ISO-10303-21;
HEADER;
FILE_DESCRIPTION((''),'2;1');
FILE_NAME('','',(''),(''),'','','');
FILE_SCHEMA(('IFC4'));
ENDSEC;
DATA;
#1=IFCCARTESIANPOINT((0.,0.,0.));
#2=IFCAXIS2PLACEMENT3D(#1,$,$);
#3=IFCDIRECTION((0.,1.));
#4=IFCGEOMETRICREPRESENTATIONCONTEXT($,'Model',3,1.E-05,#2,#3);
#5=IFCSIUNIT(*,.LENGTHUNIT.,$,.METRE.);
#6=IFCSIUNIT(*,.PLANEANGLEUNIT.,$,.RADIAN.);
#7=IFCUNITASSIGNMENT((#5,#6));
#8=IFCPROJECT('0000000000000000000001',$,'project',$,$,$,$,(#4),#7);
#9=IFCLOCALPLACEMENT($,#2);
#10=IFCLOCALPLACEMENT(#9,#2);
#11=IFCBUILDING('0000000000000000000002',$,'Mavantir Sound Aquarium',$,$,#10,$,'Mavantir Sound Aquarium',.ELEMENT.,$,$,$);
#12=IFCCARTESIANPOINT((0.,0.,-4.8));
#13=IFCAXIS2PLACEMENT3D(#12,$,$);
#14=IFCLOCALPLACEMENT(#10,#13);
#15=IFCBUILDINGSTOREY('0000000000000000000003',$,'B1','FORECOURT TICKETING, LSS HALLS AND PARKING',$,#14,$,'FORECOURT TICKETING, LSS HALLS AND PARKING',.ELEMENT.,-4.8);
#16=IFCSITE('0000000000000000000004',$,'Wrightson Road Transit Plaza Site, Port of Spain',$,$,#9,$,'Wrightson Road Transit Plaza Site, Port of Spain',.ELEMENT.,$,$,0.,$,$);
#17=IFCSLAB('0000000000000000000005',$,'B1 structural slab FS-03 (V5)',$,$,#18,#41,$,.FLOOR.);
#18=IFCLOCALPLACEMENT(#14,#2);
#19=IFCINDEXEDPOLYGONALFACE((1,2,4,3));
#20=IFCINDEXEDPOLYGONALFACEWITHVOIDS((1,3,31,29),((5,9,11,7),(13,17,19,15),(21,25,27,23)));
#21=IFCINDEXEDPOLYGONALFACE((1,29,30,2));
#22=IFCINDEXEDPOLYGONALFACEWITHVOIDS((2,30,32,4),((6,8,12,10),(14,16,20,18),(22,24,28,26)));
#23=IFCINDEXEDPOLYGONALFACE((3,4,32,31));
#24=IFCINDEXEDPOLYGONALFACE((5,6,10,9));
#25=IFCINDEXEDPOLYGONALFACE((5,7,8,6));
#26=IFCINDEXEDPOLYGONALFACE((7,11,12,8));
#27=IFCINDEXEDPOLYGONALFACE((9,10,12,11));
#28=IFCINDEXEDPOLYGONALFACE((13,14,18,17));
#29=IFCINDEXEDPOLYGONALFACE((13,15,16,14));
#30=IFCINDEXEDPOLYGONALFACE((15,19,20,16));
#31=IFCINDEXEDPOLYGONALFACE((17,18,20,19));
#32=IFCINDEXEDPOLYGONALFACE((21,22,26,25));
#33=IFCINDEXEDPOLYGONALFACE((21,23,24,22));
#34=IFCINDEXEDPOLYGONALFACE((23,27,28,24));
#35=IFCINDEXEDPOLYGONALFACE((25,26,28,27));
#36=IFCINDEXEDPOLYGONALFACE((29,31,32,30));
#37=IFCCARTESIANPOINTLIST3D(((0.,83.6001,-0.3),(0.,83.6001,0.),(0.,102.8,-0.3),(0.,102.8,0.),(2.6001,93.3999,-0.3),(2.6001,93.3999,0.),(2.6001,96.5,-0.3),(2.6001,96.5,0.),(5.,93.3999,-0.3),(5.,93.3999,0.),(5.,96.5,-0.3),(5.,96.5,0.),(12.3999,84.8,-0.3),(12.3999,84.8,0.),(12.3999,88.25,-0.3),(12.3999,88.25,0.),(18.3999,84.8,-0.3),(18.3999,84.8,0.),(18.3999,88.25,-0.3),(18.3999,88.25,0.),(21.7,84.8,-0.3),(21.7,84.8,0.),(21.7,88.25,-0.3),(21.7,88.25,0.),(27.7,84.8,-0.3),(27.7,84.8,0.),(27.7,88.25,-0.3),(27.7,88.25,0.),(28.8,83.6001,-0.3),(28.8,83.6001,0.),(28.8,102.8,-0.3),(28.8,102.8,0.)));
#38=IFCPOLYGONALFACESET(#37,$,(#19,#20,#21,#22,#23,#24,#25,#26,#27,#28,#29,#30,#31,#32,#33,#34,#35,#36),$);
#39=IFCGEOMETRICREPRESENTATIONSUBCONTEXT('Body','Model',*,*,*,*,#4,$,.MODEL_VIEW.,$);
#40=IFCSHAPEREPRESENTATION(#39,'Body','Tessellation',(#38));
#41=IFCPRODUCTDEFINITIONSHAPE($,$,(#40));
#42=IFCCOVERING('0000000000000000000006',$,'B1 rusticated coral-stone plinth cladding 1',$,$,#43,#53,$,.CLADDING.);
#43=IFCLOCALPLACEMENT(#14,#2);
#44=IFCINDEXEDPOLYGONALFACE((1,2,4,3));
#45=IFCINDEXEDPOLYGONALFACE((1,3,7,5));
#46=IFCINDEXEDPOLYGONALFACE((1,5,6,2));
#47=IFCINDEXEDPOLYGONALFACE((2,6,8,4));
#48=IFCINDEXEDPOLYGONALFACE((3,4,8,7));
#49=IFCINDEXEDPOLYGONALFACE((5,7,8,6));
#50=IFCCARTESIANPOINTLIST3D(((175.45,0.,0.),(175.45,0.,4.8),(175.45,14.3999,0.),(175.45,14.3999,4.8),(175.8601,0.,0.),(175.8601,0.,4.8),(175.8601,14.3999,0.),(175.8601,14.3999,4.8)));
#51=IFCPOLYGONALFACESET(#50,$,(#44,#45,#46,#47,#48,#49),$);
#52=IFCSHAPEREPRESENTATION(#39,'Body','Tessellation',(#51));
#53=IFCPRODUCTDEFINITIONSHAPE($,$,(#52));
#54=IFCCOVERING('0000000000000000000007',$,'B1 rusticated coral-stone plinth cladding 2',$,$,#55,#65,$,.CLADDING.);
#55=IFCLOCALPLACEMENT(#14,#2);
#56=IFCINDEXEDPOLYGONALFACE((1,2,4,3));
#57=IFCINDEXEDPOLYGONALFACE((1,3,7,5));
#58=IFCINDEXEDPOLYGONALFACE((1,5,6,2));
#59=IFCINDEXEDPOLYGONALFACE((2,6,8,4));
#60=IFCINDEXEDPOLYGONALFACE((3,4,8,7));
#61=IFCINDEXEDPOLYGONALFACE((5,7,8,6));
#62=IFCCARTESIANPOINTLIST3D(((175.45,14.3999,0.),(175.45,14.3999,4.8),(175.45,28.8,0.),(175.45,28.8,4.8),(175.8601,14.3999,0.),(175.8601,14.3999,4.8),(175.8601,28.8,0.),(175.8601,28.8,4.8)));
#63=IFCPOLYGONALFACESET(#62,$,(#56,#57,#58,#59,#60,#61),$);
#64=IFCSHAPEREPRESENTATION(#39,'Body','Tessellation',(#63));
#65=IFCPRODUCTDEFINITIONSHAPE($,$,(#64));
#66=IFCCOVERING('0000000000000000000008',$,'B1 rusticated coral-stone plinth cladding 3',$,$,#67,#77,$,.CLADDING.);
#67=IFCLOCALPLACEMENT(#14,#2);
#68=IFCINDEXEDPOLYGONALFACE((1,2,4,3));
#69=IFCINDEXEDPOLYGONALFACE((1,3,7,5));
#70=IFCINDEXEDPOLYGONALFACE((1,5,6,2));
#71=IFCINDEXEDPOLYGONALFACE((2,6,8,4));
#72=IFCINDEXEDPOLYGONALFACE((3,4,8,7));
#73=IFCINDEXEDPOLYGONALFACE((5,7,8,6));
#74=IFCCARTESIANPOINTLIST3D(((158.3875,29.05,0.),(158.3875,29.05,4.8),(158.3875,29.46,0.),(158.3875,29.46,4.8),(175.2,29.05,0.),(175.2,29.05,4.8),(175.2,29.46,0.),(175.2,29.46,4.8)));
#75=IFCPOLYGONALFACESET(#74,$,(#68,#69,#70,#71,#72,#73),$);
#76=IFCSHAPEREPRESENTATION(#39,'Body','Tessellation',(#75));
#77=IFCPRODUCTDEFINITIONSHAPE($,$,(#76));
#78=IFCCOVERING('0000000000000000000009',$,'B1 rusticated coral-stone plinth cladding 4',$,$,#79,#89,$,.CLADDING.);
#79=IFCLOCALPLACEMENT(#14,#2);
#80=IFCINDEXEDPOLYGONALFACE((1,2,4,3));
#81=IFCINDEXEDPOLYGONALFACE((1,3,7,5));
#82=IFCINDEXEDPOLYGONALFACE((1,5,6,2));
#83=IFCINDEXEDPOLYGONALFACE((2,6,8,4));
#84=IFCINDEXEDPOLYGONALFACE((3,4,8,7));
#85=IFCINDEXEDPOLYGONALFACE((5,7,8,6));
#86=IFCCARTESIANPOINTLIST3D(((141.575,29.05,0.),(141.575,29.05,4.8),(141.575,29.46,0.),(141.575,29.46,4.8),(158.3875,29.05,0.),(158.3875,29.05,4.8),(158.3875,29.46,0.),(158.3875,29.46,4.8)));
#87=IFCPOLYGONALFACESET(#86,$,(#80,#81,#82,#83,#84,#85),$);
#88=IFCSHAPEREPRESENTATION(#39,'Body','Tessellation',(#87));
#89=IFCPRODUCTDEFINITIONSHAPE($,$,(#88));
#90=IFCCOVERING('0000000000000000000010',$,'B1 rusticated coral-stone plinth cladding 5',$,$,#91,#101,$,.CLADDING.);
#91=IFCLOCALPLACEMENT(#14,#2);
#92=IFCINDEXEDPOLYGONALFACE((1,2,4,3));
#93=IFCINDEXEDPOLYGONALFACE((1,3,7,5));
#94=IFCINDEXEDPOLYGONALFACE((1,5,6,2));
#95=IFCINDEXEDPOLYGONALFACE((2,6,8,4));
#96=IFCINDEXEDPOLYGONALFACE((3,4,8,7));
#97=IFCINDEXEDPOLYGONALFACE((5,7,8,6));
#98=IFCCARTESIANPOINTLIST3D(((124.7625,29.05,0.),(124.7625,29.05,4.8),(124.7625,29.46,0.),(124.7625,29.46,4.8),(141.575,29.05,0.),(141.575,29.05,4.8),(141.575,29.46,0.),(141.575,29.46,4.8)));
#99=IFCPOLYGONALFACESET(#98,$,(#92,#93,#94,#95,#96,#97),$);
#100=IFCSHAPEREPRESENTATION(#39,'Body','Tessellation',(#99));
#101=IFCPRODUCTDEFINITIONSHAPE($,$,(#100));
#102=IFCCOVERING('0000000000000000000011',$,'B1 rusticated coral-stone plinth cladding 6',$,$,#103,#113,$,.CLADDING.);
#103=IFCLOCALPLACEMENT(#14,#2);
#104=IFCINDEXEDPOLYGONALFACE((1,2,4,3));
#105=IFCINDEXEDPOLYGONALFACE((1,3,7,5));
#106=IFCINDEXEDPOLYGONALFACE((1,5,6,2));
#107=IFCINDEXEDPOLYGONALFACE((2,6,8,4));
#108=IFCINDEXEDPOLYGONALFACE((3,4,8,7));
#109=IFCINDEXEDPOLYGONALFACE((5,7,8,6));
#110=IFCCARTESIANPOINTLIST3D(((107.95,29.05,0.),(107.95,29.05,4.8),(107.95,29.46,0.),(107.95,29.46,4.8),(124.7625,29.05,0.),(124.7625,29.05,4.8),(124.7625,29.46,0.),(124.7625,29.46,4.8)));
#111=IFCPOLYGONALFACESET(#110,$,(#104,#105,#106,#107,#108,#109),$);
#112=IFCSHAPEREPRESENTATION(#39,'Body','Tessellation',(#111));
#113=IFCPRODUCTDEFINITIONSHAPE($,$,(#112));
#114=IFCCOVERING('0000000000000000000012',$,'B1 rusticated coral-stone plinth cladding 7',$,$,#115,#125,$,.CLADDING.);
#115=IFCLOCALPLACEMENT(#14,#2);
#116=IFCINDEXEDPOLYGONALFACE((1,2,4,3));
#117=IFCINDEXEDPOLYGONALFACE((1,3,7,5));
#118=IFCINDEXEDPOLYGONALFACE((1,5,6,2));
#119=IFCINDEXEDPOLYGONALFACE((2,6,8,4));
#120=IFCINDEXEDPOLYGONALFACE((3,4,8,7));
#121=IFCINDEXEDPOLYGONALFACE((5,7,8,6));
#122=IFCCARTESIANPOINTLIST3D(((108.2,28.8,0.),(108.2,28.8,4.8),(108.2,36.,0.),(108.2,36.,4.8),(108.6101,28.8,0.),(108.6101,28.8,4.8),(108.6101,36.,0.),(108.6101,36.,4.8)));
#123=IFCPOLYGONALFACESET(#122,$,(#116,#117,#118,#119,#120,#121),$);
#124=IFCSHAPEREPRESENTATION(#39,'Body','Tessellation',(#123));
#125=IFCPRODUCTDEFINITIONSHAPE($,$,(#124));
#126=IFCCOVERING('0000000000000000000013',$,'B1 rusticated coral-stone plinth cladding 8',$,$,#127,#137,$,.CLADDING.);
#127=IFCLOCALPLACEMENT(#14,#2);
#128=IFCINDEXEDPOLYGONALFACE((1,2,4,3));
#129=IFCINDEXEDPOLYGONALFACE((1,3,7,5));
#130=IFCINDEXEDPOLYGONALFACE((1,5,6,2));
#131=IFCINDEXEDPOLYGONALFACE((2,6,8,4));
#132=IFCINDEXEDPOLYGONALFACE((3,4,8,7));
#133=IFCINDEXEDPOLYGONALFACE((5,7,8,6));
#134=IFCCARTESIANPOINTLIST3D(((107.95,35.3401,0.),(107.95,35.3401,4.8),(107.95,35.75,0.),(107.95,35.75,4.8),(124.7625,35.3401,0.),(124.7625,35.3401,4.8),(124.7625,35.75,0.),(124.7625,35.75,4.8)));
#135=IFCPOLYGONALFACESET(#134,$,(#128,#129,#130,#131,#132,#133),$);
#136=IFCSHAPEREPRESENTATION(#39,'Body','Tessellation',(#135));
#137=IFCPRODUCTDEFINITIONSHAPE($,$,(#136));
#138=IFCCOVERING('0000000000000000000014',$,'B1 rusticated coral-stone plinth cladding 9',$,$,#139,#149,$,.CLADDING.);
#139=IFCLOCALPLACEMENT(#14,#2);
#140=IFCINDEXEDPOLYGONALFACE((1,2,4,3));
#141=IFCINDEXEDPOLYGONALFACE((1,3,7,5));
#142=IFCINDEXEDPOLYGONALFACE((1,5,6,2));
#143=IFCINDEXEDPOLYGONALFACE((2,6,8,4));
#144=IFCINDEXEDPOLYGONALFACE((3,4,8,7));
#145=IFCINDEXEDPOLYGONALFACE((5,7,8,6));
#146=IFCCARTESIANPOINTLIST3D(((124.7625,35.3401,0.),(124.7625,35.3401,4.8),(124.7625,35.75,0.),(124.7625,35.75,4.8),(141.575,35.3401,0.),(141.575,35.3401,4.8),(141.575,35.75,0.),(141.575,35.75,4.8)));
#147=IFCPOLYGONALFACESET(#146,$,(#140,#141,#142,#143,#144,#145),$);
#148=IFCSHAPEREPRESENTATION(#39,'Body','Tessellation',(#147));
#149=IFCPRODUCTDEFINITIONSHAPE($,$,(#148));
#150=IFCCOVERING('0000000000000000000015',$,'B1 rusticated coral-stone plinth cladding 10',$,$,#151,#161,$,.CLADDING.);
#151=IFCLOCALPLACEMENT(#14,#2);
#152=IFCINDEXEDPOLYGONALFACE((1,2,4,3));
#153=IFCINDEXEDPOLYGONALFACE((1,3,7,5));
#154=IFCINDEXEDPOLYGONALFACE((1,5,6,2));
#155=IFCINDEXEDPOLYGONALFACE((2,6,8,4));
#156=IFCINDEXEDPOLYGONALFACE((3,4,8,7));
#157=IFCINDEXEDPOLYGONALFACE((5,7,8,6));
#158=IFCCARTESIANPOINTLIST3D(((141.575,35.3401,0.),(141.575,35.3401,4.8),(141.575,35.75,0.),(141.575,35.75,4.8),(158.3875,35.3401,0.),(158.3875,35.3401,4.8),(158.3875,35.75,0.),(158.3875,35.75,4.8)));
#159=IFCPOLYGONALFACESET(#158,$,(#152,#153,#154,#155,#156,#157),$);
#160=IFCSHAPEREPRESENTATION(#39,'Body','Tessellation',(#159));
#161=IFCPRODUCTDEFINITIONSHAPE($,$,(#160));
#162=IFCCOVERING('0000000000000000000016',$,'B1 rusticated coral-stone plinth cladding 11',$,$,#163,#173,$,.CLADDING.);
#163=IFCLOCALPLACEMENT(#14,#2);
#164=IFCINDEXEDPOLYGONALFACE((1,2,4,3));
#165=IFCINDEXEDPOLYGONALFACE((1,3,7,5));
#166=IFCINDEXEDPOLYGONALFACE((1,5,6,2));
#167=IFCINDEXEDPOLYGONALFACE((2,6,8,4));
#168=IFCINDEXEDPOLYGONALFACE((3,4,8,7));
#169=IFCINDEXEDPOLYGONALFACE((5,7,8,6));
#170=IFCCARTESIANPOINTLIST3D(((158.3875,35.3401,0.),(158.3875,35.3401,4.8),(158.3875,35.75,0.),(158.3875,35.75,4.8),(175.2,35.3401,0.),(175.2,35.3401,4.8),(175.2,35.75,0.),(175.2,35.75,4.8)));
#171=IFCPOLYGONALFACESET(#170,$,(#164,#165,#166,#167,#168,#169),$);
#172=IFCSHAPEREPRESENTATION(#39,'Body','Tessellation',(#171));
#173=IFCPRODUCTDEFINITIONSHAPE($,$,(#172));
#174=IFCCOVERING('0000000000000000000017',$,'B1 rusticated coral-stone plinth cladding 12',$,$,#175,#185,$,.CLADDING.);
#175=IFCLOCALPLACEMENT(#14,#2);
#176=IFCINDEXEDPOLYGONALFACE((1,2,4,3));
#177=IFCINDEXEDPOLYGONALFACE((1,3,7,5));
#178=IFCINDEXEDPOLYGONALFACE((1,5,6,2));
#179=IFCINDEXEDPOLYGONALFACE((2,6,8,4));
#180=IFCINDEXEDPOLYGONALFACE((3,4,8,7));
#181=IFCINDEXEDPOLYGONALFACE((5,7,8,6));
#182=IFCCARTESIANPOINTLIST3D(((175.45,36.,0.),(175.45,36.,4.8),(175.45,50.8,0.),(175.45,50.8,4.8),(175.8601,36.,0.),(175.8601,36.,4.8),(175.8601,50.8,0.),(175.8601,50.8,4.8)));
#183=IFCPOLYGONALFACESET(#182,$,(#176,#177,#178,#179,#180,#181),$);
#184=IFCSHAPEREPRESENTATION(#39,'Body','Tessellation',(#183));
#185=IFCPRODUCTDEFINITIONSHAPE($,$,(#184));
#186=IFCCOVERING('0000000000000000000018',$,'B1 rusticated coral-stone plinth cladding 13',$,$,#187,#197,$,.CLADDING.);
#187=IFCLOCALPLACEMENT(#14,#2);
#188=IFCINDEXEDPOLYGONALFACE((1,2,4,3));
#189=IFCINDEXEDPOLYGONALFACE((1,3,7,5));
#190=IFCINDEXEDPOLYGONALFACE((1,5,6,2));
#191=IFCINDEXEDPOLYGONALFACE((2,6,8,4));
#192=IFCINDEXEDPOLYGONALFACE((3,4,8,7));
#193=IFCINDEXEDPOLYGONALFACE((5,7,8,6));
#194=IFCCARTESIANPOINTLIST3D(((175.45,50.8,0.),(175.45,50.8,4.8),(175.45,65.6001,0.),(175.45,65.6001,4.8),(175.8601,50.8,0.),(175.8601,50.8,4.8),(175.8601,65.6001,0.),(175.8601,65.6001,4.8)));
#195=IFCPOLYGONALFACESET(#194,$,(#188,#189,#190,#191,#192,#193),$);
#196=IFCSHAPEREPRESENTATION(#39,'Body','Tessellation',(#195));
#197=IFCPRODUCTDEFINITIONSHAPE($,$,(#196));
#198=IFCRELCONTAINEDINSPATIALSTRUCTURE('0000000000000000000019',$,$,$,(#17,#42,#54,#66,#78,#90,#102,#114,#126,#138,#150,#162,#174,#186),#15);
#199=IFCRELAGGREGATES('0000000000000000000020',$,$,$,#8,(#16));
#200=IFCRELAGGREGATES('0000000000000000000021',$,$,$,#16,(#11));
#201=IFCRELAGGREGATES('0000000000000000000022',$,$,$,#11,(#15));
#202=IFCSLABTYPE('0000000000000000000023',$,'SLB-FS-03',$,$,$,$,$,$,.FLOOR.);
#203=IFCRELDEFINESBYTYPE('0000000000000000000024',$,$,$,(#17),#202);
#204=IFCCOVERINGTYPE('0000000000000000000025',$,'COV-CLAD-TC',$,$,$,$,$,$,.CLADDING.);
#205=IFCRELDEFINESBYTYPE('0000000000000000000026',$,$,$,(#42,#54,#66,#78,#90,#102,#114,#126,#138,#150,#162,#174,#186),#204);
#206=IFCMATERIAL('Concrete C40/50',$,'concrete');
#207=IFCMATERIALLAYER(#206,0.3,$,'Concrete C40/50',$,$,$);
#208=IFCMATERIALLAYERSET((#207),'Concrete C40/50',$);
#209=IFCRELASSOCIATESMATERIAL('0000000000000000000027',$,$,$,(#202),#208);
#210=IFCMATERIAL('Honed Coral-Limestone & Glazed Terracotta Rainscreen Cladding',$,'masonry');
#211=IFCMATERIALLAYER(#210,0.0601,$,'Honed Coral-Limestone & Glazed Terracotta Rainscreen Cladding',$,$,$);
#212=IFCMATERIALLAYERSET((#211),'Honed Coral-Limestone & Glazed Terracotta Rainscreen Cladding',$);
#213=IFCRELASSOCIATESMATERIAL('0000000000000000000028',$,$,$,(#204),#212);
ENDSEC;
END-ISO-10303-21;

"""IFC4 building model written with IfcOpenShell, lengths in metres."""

from ifc_helpers import new_model, si_unit, direction, frame, origin, place, context, subcontext, project, spatial, polyline, outline, extrude, material, layer, layer_set, type_object, element, save


model = new_model("IFC4")

# Units and contexts
model_context = context("Model", 3, precision=1e-05, world=origin(), true_north=direction((0.0, 1.0)))
body_context = subcontext(model_context, "Body", "Model", "MODEL_VIEW")
ifc_project = project(units=[si_unit("LENGTHUNIT", "METRE"), si_unit("PLANEANGLEUNIT", "RADIAN")], contexts=[model_context])

# Site, building, storey
site_placement = place(None, origin())
site = spatial("IfcSite", under=ifc_project, at=site_placement, Name="Wrightson Road Transit Plaza Site, Port of Spain", LongName="Wrightson Road Transit Plaza Site, Port of Spain", CompositionType="ELEMENT", RefElevation=0.0)
building_placement = place(site_placement, origin())
building = spatial("IfcBuilding", under=site, at=building_placement, Name="Mavantir Sound Aquarium", LongName="Mavantir Sound Aquarium", CompositionType="ELEMENT")
storey_placement = place(building_placement, frame((0.0, 0.0, -4.8)))
storey = spatial("IfcBuildingStorey", under=building, at=storey_placement, Name="B1", Description="FORECOURT TICKETING, LSS HALLS AND PARKING", LongName="FORECOURT TICKETING, LSS HALLS AND PARKING", CompositionType="ELEMENT", Elevation=-4.8)

# Shared definitions
ifc_material_1 = material(Name="Concrete C40/50", Category="concrete")

# Slab
ifc_layer_1 = layer(ifc_material_1, 0.3, Name="Concrete C40/50")
ifc_layer_set_1 = layer_set([ifc_layer_1], Name="Concrete C40/50")
slab_type_1 = type_object("IfcSlabType", Name="SLB-FS-03", PredefinedType="FLOOR", material=ifc_layer_set_1)
slab_1_placement = place(storey_placement, frame((0.0, 0.0, -0.3)))
element("IfcSlab", 1, at=slab_1_placement, inside=storey, type_object=slab_type_1, Name="B1 structural slab FS-03 (V5)", PredefinedType="FLOOR", context=body_context, shape_type="SweptSolid", body=[
    extrude(outline(polyline([(28.8, 83.6001), (28.8, 102.8), (0.0, 102.8), (0.0, 83.6001), (28.8, 83.6001)]), holes=[polyline([(12.3999, 84.8), (18.3999, 84.8), (18.3999, 88.25), (12.3999, 88.25), (12.3999, 84.8)]), polyline([(21.7, 84.8), (27.7, 84.8), (27.7, 88.25), (21.7, 88.25), (21.7, 84.8)]), polyline([(2.6001, 93.3999), (5.0, 93.3999), (5.0, 96.5), (2.6001, 96.5), (2.6001, 93.3999)])]), origin(), (0.0, 0.0, 1.0), 0.3),
])

# Coverings
ifc_material_2 = material(Name="Honed Coral-Limestone & Glazed Terracotta Rainscreen Cladding", Category="masonry")
ifc_layer_2 = layer(ifc_material_2, 0.0601, Name="Honed Coral-Limestone & Glazed Terracotta Rainscreen Cladding")
ifc_layer_set_2 = layer_set([ifc_layer_2], Name="Honed Coral-Limestone & Glazed Terracotta Rainscreen Cladding")
covering_type = type_object("IfcCoveringType", Name="COV-CLAD-TC", PredefinedType="CLADDING", material=ifc_layer_set_2)
covering_1_placement = place(storey_placement, origin())
element("IfcCovering", 2, at=covering_1_placement, inside=storey, type_object=covering_type, Name="B1 rusticated coral-stone plinth cladding 1", PredefinedType="CLADDING", context=body_context, shape_type="SweptSolid", body=[
    extrude(outline(polyline([(175.45, 0.0), (175.45, 14.3999), (175.8601, 14.3999), (175.8601, 0.0), (175.45, 0.0)])), origin(), (0.0, 0.0, 1.0), 4.8),
])
covering_2_placement = place(storey_placement, origin())
element("IfcCovering", 3, at=covering_2_placement, inside=storey, type_object=covering_type, Name="B1 rusticated coral-stone plinth cladding 2", PredefinedType="CLADDING", context=body_context, shape_type="SweptSolid", body=[
    extrude(outline(polyline([(175.45, 14.3999), (175.45, 28.8), (175.8601, 28.8), (175.8601, 14.3999), (175.45, 14.3999)])), origin(), (0.0, 0.0, 1.0), 4.8),
])
covering_3_placement = place(storey_placement, origin())
element("IfcCovering", 4, at=covering_3_placement, inside=storey, type_object=covering_type, Name="B1 rusticated coral-stone plinth cladding 3", PredefinedType="CLADDING", context=body_context, shape_type="SweptSolid", body=[
    extrude(outline(polyline([(175.2, 29.05), (158.3875, 29.05), (158.3875, 29.46), (175.2, 29.46), (175.2, 29.05)])), origin(), (0.0, 0.0, 1.0), 4.8),
])
covering_4_placement = place(storey_placement, origin())
element("IfcCovering", 5, at=covering_4_placement, inside=storey, type_object=covering_type, Name="B1 rusticated coral-stone plinth cladding 4", PredefinedType="CLADDING", context=body_context, shape_type="SweptSolid", body=[
    extrude(outline(polyline([(158.3875, 29.05), (141.575, 29.05), (141.575, 29.46), (158.3875, 29.46), (158.3875, 29.05)])), origin(), (0.0, 0.0, 1.0), 4.8),
])
covering_5_placement = place(storey_placement, origin())
element("IfcCovering", 6, at=covering_5_placement, inside=storey, type_object=covering_type, Name="B1 rusticated coral-stone plinth cladding 5", PredefinedType="CLADDING", context=body_context, shape_type="SweptSolid", body=[
    extrude(outline(polyline([(141.575, 29.05), (124.7625, 29.05), (124.7625, 29.46), (141.575, 29.46), (141.575, 29.05)])), origin(), (0.0, 0.0, 1.0), 4.8),
])
covering_6_placement = place(storey_placement, origin())
element("IfcCovering", 7, at=covering_6_placement, inside=storey, type_object=covering_type, Name="B1 rusticated coral-stone plinth cladding 6", PredefinedType="CLADDING", context=body_context, shape_type="SweptSolid", body=[
    extrude(outline(polyline([(124.7625, 29.05), (107.95, 29.05), (107.95, 29.46), (124.7625, 29.46), (124.7625, 29.05)])), origin(), (0.0, 0.0, 1.0), 4.8),
])
covering_7_placement = place(storey_placement, origin())
element("IfcCovering", 8, at=covering_7_placement, inside=storey, type_object=covering_type, Name="B1 rusticated coral-stone plinth cladding 7", PredefinedType="CLADDING", context=body_context, shape_type="SweptSolid", body=[
    extrude(outline(polyline([(108.2, 28.8), (108.2, 36.0), (108.6101, 36.0), (108.6101, 28.8), (108.2, 28.8)])), origin(), (0.0, 0.0, 1.0), 4.8),
])
covering_8_placement = place(storey_placement, origin())
element("IfcCovering", 9, at=covering_8_placement, inside=storey, type_object=covering_type, Name="B1 rusticated coral-stone plinth cladding 8", PredefinedType="CLADDING", context=body_context, shape_type="SweptSolid", body=[
    extrude(outline(polyline([(107.95, 35.75), (124.7625, 35.75), (124.7625, 35.3401), (107.95, 35.3401), (107.95, 35.75)])), origin(), (0.0, 0.0, 1.0), 4.8),
])
covering_9_placement = place(storey_placement, origin())
element("IfcCovering", 10, at=covering_9_placement, inside=storey, type_object=covering_type, Name="B1 rusticated coral-stone plinth cladding 9", PredefinedType="CLADDING", context=body_context, shape_type="SweptSolid", body=[
    extrude(outline(polyline([(124.7625, 35.75), (141.575, 35.75), (141.575, 35.3401), (124.7625, 35.3401), (124.7625, 35.75)])), origin(), (0.0, 0.0, 1.0), 4.8),
])
covering_10_placement = place(storey_placement, origin())
element("IfcCovering", 11, at=covering_10_placement, inside=storey, type_object=covering_type, Name="B1 rusticated coral-stone plinth cladding 10", PredefinedType="CLADDING", context=body_context, shape_type="SweptSolid", body=[
    extrude(outline(polyline([(141.575, 35.75), (158.3875, 35.75), (158.3875, 35.3401), (141.575, 35.3401), (141.575, 35.75)])), origin(), (0.0, 0.0, 1.0), 4.8),
])
covering_11_placement = place(storey_placement, origin())
element("IfcCovering", 12, at=covering_11_placement, inside=storey, type_object=covering_type, Name="B1 rusticated coral-stone plinth cladding 11", PredefinedType="CLADDING", context=body_context, shape_type="SweptSolid", body=[
    extrude(outline(polyline([(158.3875, 35.75), (175.2, 35.75), (175.2, 35.3401), (158.3875, 35.3401), (158.3875, 35.75)])), origin(), (0.0, 0.0, 1.0), 4.8),
])
covering_12_placement = place(storey_placement, origin())
element("IfcCovering", 13, at=covering_12_placement, inside=storey, type_object=covering_type, Name="B1 rusticated coral-stone plinth cladding 12", PredefinedType="CLADDING", context=body_context, shape_type="SweptSolid", body=[
    extrude(outline(polyline([(175.45, 36.0), (175.45, 50.8), (175.8601, 50.8), (175.8601, 36.0), (175.45, 36.0)])), origin(), (0.0, 0.0, 1.0), 4.8),
])
covering_13_placement = place(storey_placement, origin())
element("IfcCovering", 14, at=covering_13_placement, inside=storey, type_object=covering_type, Name="B1 rusticated coral-stone plinth cladding 13", PredefinedType="CLADDING", context=body_context, shape_type="SweptSolid", body=[
    extrude(outline(polyline([(175.45, 50.8), (175.45, 65.6001), (175.8601, 65.6001), (175.8601, 50.8), (175.45, 50.8)])), origin(), (0.0, 0.0, 1.0), 4.8),
])

save(model, "model.ifc")
